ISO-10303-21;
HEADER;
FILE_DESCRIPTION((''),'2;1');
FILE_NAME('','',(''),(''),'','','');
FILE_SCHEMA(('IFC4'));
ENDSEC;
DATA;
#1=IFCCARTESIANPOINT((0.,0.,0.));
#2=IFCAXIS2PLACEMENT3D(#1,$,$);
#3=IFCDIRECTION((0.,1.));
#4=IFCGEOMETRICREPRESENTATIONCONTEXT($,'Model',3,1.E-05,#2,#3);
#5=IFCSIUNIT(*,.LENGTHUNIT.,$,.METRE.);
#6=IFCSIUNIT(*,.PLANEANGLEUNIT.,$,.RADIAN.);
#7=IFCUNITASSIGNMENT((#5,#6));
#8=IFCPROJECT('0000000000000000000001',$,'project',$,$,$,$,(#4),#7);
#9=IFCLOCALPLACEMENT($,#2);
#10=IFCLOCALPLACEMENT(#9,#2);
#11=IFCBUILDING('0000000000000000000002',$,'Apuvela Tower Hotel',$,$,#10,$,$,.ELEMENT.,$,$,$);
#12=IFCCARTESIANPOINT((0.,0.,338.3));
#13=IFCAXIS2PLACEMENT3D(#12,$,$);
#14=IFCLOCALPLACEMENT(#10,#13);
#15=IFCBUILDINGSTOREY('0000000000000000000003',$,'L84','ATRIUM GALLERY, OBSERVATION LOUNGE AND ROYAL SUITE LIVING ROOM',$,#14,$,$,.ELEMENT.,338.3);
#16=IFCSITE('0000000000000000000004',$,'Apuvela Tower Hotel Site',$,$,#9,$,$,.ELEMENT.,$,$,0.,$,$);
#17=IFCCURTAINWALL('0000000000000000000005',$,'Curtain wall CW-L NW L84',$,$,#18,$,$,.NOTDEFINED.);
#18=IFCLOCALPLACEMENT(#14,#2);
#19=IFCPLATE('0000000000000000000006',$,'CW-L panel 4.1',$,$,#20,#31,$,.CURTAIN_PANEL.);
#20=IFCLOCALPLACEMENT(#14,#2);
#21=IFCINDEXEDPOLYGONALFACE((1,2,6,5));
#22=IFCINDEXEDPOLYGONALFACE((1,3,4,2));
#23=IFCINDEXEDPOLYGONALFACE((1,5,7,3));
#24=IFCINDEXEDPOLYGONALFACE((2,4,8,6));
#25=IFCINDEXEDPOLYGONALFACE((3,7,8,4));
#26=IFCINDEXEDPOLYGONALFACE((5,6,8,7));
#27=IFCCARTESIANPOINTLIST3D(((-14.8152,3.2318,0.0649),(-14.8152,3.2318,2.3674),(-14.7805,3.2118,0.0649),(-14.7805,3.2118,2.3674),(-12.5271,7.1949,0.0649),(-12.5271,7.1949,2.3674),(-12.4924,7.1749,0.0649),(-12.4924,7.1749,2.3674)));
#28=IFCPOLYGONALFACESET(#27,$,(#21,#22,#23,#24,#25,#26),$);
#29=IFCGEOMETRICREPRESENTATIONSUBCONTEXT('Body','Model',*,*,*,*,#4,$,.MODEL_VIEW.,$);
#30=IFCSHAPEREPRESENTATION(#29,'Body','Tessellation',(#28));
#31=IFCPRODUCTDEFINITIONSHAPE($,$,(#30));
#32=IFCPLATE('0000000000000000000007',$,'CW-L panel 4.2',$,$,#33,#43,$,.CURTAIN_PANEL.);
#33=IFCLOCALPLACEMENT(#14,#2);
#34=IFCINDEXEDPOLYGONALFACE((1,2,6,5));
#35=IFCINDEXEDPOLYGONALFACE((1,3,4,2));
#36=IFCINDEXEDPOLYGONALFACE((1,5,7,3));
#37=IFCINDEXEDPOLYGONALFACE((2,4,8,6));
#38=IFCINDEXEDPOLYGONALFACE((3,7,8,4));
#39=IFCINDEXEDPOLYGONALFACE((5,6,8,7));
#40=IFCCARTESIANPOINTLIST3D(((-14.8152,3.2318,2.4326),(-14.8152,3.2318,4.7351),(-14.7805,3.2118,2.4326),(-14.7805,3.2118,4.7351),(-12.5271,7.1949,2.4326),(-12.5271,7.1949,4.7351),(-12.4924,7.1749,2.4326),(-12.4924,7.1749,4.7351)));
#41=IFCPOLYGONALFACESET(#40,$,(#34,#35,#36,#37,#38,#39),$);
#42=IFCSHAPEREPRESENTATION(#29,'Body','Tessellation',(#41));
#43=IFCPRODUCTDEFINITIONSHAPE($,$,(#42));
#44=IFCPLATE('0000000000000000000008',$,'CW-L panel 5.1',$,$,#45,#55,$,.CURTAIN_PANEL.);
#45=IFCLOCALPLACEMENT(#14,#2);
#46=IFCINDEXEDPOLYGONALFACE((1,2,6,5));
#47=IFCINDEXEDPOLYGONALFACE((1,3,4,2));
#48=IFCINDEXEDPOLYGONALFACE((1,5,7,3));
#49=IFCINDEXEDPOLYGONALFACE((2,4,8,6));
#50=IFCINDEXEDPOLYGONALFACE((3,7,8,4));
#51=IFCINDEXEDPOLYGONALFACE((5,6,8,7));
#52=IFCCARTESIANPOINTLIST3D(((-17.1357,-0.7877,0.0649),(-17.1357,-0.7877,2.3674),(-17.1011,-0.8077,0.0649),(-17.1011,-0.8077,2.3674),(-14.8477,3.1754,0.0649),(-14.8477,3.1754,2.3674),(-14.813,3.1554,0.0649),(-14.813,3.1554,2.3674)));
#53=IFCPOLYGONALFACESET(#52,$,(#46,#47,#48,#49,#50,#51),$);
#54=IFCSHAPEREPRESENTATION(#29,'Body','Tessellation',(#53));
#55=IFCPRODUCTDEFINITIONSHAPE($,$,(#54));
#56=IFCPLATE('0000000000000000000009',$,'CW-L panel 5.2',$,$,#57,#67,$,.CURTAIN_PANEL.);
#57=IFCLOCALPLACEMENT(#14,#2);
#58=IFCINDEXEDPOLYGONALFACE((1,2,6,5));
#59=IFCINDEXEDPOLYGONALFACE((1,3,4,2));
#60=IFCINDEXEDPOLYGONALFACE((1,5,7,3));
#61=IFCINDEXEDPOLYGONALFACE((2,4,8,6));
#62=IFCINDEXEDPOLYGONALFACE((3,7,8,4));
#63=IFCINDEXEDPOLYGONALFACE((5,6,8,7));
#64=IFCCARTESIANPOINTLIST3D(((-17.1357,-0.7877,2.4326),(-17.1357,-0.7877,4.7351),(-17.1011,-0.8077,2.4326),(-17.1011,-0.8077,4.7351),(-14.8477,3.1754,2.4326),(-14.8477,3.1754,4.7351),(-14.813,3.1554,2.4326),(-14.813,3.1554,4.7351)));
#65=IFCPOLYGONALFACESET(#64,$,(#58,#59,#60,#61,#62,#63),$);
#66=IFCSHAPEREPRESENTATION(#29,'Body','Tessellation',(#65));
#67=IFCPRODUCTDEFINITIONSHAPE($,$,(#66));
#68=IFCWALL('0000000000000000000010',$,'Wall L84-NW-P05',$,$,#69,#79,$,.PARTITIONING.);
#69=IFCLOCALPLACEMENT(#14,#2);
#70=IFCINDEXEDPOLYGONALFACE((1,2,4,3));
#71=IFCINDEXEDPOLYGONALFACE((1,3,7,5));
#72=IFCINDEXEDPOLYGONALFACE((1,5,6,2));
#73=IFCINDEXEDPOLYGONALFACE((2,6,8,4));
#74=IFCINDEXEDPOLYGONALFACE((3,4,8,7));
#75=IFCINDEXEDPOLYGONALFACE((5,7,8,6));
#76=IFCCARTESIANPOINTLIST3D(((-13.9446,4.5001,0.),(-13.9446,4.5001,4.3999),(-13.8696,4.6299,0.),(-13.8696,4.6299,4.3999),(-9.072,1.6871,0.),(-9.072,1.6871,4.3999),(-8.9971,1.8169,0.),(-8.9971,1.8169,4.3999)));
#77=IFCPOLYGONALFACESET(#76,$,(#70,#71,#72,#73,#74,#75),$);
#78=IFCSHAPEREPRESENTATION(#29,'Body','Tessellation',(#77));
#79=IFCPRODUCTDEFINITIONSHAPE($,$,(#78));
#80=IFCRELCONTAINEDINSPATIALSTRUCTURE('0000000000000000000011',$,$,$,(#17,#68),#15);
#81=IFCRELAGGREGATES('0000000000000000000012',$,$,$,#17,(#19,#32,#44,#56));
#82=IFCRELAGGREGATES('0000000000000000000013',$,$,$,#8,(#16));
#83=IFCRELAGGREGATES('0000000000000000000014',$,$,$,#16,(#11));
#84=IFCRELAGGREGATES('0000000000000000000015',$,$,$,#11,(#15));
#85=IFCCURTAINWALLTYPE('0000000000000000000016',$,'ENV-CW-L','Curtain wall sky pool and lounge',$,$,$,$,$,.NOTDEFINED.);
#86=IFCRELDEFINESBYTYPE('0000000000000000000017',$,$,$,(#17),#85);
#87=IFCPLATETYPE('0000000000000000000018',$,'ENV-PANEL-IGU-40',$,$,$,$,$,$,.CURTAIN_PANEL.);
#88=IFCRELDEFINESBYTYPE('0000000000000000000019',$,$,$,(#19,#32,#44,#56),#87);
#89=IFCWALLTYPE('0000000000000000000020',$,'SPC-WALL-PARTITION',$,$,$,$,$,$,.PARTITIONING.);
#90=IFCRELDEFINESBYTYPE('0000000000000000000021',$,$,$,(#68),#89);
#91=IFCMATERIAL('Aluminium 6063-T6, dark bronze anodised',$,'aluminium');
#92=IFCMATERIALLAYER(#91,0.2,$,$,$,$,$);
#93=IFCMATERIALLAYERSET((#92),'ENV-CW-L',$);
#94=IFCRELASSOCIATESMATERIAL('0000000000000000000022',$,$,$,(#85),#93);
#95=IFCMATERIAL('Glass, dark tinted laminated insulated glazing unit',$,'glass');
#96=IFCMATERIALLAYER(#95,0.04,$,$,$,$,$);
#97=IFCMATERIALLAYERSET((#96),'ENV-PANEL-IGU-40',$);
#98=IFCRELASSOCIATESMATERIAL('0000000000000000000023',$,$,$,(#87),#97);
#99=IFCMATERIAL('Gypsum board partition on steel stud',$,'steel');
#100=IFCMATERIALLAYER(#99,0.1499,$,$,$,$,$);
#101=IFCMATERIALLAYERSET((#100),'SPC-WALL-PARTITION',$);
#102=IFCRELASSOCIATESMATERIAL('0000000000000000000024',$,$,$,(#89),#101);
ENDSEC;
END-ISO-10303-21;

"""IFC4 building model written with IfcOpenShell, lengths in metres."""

from ifc_helpers import new_model, si_unit, direction, frame, frame_2d, origin, origin_2d, place, context, subcontext, project, spatial, rectangle, extrude, material, layer, layer_set, type_object, element, aggregate, save


model = new_model("IFC4")

# Units and contexts
model_context = context("Model", 3, precision=1e-05, world=origin(), true_north=direction((0.0, 1.0)))
body_context = subcontext(model_context, "Body", "Model", "MODEL_VIEW")
ifc_project = project(units=[si_unit("LENGTHUNIT", "METRE"), si_unit("PLANEANGLEUNIT", "RADIAN")], contexts=[model_context])

# Site, building, storey
site_placement = place(None, origin())
site = spatial("IfcSite", under=ifc_project, at=site_placement, Name="Apuvela Tower Hotel Site", CompositionType="ELEMENT", RefElevation=0.0)
building_placement = place(site_placement, origin())
building = spatial("IfcBuilding", under=site, at=building_placement, Name="Apuvela Tower Hotel", CompositionType="ELEMENT")
storey_placement = place(building_placement, frame((0.0, 0.0, 338.3)))
storey = spatial("IfcBuildingStorey", under=building, at=storey_placement, Name="L84", Description="ATRIUM GALLERY, OBSERVATION LOUNGE AND ROYAL SUITE LIVING ROOM", CompositionType="ELEMENT", Elevation=338.3)

# Curtain wall
ifc_material_1 = material(Name="Aluminium 6063-T6, dark bronze anodised", Category="aluminium")
ifc_layer_1 = layer(ifc_material_1, 0.2)
ifc_layer_set_1 = layer_set([ifc_layer_1], Name="ENV-CW-L")
curtain_wall_type = type_object("IfcCurtainWallType", Name="ENV-CW-L", Description="Curtain wall sky pool and lounge", PredefinedType="NOTDEFINED", material=ifc_layer_set_1)
curtain_wall_placement = place(storey_placement, origin())
curtain_wall = element("IfcCurtainWall", 1, at=curtain_wall_placement, inside=storey, type_object=curtain_wall_type, Name="Curtain wall CW-L NW L84", PredefinedType="NOTDEFINED")

# Plates
ifc_material_2 = material(Name="Glass, dark tinted laminated insulated glazing unit", Category="glass")
ifc_layer_2 = layer(ifc_material_2, 0.04)
ifc_layer_set_2 = layer_set([ifc_layer_2], Name="ENV-PANEL-IGU-40")
plate_type = type_object("IfcPlateType", Name="ENV-PANEL-IGU-40", PredefinedType="CURTAIN_PANEL", material=ifc_layer_set_2)
plate_1_placement = place(storey_placement, frame((-13.6538, 5.2034, 0.0649), z_axis=(0.0, 0.0, 1.0), x_axis=(-0.499999, -0.866026, 0.0)))
plate_1 = element("IfcPlate", 2, at=plate_1_placement, type_object=plate_type, Name="CW-L panel 4.1", PredefinedType="CURTAIN_PANEL", context=body_context, shape_type="SweptSolid", body=[
    extrude(rectangle(XDim=4.5762, YDim=0.04, at=origin_2d()), origin(), (0.0, 0.0, 1.0), 2.3025),
])
plate_2_placement = place(storey_placement, frame((-13.6538, 5.2034, 2.4326), z_axis=(0.0, 0.0, 1.0), x_axis=(-0.499999, -0.866026, 0.0)))
plate_2 = element("IfcPlate", 3, at=plate_2_placement, type_object=plate_type, Name="CW-L panel 4.2", PredefinedType="CURTAIN_PANEL", context=body_context, shape_type="SweptSolid", body=[
    extrude(rectangle(XDim=4.5762, YDim=0.04, at=origin_2d()), origin(), (0.0, 0.0, 1.0), 2.3025),
])
plate_3_placement = place(storey_placement, frame((-15.9744, 1.1838, 0.0649), z_axis=(0.0, 0.0, 1.0), x_axis=(-0.499999, -0.866026, 0.0)))
plate_3 = element("IfcPlate", 4, at=plate_3_placement, type_object=plate_type, Name="CW-L panel 5.1", PredefinedType="CURTAIN_PANEL", context=body_context, shape_type="SweptSolid", body=[
    extrude(rectangle(XDim=4.5762, YDim=0.04, at=origin_2d()), origin(), (0.0, 0.0, 1.0), 2.3025),
])
plate_4_placement = place(storey_placement, frame((-15.9744, 1.1838, 2.4326), z_axis=(0.0, 0.0, 1.0), x_axis=(-0.499999, -0.866026, 0.0)))
plate_4 = element("IfcPlate", 5, at=plate_4_placement, type_object=plate_type, Name="CW-L panel 5.2", PredefinedType="CURTAIN_PANEL", context=body_context, shape_type="SweptSolid", body=[
    extrude(rectangle(XDim=4.5762, YDim=0.04, at=origin_2d()), origin(), (0.0, 0.0, 1.0), 2.3025),
])
aggregate(curtain_wall, [plate_1, plate_2, plate_3, plate_4])

# Wall
ifc_material_3 = material(Name="Gypsum board partition on steel stud", Category="steel")
ifc_layer_3 = layer(ifc_material_3, 0.1499)
ifc_layer_set_3 = layer_set([ifc_layer_3], Name="SPC-WALL-PARTITION")
wall_type = type_object("IfcWallType", Name="SPC-WALL-PARTITION", PredefinedType="PARTITIONING", material=ifc_layer_set_3)
wall_placement = place(storey_placement, frame((-13.907, 4.5649, 0.0), z_axis=(0.0, 0.0, 1.0), x_axis=(0.86604, -0.499975, 0.0)))
element("IfcWall", 6, at=wall_placement, inside=storey, type_object=wall_type, Name="Wall L84-NW-P05", PredefinedType="PARTITIONING", context=body_context, shape_type="SweptSolid", body=[
    extrude(rectangle(XDim=5.6262, YDim=0.1499, at=frame_2d((2.813, 0.0))), origin(), (0.0, 0.0, 1.0), 4.3999),
])

save(model, "model.ifc")
